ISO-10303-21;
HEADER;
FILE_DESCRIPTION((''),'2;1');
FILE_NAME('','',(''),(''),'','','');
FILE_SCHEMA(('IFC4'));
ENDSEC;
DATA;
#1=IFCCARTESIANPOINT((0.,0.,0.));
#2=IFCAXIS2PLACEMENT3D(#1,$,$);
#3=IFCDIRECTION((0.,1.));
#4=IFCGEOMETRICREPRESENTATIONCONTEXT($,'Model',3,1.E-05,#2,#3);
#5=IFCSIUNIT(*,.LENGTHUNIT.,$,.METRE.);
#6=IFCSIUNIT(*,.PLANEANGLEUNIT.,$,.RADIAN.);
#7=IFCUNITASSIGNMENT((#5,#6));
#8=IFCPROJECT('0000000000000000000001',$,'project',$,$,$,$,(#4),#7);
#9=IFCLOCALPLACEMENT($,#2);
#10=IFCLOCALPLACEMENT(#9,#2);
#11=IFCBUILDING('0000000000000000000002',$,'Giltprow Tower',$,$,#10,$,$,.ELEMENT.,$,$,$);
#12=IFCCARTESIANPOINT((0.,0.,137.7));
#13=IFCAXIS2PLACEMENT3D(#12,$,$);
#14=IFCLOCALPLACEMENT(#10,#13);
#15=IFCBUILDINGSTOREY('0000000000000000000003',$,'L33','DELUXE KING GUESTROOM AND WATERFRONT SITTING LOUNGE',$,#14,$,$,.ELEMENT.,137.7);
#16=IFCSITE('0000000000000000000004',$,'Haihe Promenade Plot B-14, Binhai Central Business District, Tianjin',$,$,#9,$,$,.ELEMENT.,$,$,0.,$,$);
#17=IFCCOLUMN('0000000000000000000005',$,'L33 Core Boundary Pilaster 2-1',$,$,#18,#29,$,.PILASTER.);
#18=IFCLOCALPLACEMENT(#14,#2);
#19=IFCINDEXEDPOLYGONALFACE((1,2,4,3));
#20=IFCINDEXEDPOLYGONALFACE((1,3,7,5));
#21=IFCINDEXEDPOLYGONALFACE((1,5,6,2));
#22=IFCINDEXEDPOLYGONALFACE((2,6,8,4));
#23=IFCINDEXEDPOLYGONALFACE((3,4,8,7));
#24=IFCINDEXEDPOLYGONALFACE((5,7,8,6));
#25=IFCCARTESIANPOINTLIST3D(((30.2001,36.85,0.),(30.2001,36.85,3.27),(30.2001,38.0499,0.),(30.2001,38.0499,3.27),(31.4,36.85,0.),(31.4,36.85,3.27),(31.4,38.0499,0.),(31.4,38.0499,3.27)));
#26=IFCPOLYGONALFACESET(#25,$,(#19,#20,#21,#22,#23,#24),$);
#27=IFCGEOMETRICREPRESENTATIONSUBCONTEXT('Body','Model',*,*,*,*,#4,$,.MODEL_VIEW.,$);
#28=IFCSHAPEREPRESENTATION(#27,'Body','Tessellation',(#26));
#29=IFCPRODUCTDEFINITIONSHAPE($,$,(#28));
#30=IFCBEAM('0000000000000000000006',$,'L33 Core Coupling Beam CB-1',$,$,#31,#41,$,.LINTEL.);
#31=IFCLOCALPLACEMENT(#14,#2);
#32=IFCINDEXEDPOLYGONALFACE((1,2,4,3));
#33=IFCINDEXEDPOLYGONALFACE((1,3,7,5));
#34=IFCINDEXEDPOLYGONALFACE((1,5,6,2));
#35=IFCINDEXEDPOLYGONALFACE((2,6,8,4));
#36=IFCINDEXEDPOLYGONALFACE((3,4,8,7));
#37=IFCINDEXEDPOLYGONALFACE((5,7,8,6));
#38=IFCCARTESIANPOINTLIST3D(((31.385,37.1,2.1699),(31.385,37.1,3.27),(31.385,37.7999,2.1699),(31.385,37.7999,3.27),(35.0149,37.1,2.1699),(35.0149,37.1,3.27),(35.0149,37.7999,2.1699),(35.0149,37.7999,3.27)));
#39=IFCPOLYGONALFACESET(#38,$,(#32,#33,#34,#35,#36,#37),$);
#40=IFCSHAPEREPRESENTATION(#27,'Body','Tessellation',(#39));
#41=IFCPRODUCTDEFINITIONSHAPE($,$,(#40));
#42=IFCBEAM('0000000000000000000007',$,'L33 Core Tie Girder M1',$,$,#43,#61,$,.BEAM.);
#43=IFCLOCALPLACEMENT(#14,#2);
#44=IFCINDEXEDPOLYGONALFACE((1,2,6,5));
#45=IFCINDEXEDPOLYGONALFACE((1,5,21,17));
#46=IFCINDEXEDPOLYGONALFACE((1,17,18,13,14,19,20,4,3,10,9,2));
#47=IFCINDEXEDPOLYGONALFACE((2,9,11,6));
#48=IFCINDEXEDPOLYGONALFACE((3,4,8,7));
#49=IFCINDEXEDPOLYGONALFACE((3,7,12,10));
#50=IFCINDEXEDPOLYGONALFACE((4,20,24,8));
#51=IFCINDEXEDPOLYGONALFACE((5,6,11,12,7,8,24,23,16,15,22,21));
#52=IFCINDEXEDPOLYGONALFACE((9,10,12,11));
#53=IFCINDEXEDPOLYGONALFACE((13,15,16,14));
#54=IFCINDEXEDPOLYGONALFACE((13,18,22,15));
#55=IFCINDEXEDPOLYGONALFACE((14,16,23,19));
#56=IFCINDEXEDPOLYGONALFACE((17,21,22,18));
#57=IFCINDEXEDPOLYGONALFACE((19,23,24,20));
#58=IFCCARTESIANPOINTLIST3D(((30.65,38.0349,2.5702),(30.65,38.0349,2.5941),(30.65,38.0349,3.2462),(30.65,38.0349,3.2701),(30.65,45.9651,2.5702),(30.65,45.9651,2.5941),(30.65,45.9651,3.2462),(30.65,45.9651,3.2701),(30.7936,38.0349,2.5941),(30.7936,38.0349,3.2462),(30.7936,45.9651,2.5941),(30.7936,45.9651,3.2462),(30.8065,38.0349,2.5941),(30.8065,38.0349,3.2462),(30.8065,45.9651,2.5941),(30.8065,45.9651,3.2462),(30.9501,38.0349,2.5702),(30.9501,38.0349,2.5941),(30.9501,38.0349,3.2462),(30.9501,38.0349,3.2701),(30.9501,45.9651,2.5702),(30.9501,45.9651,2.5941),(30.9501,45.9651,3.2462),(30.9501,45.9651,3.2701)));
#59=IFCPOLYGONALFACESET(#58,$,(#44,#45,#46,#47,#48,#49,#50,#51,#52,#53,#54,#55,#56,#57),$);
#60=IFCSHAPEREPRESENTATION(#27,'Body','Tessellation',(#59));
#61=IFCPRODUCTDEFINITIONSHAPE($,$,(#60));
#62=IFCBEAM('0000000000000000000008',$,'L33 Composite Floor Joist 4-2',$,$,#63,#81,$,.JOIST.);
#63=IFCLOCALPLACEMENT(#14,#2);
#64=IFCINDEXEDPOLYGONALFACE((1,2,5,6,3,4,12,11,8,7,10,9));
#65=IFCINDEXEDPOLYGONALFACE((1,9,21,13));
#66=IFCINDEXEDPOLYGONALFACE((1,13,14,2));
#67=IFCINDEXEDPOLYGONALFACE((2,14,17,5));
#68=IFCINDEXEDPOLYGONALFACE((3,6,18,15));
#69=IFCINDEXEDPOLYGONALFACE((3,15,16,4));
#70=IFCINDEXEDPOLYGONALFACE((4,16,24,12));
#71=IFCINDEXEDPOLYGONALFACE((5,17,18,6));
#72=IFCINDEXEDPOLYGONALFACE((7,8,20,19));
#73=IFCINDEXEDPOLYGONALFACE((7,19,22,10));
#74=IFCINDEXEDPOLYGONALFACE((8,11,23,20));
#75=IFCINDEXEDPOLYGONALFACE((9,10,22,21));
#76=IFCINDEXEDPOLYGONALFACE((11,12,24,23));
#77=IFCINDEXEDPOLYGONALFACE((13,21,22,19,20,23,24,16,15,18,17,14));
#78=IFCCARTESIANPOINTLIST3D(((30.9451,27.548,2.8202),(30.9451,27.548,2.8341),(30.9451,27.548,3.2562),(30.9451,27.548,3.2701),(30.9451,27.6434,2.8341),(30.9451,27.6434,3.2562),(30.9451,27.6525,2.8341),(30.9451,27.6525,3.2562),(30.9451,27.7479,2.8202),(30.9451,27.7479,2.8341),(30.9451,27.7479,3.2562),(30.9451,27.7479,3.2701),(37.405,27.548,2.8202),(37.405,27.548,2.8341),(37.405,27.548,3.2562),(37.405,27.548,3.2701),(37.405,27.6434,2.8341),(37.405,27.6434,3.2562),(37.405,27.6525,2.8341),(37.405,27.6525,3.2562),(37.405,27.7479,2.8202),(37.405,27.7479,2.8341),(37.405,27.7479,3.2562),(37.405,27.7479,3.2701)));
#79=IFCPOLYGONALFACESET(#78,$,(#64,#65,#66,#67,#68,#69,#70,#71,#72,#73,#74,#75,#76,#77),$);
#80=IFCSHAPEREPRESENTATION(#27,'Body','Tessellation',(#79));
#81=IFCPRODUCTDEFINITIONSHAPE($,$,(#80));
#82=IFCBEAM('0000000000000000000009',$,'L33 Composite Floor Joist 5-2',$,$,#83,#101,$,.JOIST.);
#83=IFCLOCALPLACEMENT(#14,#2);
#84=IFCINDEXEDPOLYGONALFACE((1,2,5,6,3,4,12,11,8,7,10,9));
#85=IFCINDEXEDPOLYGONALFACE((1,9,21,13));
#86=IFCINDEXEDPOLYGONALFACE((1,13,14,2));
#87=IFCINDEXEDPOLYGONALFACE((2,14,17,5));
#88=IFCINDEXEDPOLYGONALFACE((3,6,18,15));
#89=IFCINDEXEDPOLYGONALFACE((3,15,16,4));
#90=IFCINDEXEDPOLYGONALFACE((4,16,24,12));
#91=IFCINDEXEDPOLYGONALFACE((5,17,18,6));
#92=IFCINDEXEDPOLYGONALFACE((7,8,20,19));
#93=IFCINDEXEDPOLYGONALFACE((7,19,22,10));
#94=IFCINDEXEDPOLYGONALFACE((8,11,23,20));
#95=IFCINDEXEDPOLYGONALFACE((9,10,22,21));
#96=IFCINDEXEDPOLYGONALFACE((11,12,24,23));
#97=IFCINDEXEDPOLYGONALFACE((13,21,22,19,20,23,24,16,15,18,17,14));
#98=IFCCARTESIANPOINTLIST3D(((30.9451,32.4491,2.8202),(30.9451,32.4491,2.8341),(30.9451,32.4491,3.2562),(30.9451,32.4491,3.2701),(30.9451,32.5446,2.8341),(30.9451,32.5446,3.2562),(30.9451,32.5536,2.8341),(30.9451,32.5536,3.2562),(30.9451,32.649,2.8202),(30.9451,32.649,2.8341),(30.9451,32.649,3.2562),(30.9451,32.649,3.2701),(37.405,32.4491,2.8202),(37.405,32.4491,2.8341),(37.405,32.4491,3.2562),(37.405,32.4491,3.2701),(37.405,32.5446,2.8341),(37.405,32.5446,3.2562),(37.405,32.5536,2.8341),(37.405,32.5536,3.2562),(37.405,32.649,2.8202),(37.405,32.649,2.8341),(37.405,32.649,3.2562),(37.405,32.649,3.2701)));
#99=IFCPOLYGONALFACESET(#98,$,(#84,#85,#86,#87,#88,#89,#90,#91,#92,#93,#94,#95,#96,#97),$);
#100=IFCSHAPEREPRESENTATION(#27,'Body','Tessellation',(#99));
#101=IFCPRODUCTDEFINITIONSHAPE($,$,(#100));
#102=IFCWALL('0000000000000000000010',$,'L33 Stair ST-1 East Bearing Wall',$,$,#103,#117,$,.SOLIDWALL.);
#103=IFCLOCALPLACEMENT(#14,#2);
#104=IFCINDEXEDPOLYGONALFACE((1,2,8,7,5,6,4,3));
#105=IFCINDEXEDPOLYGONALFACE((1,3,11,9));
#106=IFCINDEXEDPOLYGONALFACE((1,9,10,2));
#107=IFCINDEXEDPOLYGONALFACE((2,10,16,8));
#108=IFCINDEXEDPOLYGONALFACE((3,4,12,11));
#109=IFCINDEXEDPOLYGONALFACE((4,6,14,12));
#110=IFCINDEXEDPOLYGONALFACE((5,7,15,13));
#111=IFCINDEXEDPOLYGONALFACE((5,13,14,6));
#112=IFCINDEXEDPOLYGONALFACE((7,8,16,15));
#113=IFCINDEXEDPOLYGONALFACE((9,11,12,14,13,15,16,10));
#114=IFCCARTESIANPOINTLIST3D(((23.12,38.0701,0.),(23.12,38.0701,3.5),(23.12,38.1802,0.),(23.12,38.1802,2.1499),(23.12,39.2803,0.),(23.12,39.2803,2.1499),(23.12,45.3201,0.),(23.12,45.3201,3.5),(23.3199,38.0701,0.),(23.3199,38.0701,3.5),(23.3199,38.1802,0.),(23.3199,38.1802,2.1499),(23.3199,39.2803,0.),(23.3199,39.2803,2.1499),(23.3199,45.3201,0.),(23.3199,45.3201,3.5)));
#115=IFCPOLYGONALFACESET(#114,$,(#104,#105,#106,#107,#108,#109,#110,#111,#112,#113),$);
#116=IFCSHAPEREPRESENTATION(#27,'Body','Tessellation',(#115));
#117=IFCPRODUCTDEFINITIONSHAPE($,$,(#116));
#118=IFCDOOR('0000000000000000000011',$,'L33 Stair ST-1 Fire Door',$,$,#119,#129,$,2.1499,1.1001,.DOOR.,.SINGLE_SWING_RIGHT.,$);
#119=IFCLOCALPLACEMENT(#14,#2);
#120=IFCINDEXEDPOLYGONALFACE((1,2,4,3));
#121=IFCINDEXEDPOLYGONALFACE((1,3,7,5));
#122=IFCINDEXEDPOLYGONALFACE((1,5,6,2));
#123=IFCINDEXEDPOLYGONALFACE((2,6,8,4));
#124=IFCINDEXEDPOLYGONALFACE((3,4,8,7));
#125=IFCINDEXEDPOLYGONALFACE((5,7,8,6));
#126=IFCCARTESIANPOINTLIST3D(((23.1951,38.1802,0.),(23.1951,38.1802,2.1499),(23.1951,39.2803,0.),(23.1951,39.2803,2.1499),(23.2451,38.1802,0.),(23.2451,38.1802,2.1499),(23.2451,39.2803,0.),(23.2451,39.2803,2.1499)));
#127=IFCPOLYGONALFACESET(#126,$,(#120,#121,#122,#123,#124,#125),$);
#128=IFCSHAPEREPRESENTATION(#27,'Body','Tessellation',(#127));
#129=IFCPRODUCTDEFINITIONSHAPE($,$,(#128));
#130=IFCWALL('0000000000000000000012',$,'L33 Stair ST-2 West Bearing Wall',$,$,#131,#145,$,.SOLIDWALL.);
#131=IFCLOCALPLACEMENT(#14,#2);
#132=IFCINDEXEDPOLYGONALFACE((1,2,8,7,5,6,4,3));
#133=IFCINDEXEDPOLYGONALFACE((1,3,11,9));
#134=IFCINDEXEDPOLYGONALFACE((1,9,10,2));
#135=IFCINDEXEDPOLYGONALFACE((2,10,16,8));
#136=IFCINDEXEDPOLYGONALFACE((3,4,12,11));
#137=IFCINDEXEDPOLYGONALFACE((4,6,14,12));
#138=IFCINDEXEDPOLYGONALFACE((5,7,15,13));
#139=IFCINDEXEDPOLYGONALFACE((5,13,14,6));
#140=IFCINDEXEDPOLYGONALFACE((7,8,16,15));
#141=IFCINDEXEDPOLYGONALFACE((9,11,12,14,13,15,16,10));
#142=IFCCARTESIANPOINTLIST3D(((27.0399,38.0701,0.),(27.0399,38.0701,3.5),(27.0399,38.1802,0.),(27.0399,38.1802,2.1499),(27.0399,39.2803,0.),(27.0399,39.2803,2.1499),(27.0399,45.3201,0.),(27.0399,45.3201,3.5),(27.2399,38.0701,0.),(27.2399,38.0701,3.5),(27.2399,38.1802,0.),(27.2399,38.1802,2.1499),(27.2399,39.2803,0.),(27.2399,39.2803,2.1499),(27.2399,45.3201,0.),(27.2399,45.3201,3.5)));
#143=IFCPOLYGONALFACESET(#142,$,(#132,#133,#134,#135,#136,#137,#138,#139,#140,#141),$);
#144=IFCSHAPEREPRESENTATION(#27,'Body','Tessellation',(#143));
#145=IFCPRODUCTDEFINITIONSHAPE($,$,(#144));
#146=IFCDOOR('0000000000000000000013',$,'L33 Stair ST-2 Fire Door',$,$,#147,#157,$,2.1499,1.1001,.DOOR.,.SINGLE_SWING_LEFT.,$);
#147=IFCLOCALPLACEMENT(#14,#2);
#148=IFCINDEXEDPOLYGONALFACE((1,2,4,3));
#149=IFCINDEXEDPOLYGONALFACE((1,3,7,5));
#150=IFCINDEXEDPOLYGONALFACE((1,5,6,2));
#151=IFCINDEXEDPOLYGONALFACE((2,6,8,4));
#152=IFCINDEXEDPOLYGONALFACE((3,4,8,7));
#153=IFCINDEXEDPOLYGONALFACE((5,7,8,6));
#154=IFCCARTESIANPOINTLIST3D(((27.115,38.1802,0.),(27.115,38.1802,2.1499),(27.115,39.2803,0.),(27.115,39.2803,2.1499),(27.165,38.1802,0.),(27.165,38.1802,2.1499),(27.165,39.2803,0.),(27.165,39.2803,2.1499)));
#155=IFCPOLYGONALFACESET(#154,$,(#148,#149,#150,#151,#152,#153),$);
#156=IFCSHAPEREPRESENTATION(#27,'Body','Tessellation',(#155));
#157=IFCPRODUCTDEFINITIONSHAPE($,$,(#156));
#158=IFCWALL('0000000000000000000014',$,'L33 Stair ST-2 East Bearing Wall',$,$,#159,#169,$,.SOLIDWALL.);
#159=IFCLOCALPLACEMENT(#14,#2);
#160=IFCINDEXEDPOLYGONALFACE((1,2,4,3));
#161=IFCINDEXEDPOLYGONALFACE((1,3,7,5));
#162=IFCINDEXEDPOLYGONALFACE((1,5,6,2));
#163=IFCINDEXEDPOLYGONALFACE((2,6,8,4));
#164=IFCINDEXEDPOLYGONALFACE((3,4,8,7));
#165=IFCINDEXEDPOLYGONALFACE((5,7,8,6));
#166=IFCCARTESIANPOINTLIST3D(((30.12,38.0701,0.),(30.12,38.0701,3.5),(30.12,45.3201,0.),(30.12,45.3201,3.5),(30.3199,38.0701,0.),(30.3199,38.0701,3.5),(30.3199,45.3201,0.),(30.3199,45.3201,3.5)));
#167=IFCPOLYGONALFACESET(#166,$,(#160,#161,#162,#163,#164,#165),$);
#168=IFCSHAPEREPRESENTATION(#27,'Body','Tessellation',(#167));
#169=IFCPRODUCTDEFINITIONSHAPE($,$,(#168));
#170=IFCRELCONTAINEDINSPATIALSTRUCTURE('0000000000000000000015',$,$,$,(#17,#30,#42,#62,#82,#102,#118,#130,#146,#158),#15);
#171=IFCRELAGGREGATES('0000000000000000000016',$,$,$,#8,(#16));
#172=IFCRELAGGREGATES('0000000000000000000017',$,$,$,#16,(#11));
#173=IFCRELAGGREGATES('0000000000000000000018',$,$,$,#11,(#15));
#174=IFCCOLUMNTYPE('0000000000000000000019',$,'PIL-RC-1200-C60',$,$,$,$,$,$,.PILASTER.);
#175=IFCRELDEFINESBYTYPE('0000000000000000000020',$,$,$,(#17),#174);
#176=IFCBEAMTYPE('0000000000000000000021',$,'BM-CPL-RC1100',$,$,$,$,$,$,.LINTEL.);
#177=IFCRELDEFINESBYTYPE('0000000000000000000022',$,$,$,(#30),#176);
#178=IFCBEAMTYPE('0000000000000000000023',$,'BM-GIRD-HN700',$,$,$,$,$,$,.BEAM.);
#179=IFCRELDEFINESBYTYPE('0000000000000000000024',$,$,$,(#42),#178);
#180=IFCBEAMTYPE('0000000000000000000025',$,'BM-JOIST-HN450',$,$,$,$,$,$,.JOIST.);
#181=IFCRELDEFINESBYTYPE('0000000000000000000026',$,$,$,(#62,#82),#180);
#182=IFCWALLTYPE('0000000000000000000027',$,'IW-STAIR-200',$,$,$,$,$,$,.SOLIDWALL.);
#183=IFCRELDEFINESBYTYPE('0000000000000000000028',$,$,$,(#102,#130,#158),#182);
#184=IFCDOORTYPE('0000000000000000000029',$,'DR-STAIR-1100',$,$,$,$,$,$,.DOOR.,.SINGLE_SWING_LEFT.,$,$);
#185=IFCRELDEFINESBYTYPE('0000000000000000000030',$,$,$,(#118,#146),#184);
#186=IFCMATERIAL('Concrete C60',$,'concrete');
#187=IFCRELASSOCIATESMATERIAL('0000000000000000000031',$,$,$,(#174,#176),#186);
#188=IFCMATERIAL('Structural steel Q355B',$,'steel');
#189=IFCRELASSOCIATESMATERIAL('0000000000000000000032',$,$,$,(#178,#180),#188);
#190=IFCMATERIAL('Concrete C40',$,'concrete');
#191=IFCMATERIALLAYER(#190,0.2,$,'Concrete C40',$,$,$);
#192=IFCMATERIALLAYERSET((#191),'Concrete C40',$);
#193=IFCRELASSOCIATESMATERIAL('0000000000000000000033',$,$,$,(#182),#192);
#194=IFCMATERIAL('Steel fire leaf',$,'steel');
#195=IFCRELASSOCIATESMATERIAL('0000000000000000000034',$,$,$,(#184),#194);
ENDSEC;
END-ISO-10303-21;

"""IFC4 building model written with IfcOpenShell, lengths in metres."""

from ifc_helpers import new_model, si_unit, direction, frame, frame_2d, origin, origin_2d, place, context, subcontext, project, spatial, rectangle, i_section, extrude, source, transform, mapped, material, layer, layer_set, material_profile, profile_set, type_object, element, fill, save


model = new_model("IFC4")

# Units and contexts
model_context = context("Model", 3, precision=1e-05, world=origin(), true_north=direction((0.0, 1.0)))
body_context = subcontext(model_context, "Body", "Model", "MODEL_VIEW")
ifc_project = project(units=[si_unit("LENGTHUNIT", "METRE"), si_unit("PLANEANGLEUNIT", "RADIAN")], contexts=[model_context])

# Site, building, storey
site_placement = place(None, origin())
site = spatial("IfcSite", under=ifc_project, at=site_placement, Name="Haihe Promenade Plot B-14, Binhai Central Business District, Tianjin", CompositionType="ELEMENT", RefElevation=0.0)
building_placement = place(site_placement, origin())
building = spatial("IfcBuilding", under=site, at=building_placement, Name="Giltprow Tower", CompositionType="ELEMENT")
storey_placement = place(building_placement, frame((0.0, 0.0, 137.7)))
storey = spatial("IfcBuildingStorey", under=building, at=storey_placement, Name="L33", Description="DELUXE KING GUESTROOM AND WATERFRONT SITTING LOUNGE", CompositionType="ELEMENT", Elevation=137.7)

# Column
ifc_material_1 = material(Name="Concrete C60", Category="concrete")
ifc_material_profile_1 = material_profile(ifc_material_1, rectangle(XDim=1.2, YDim=1.2, at=origin_2d()), Name="RC 1200x1200")
ifc_profile_set_1 = profile_set([ifc_material_profile_1], Name="Concrete C60")
column_type = type_object("IfcColumnType", Name="PIL-RC-1200-C60", PredefinedType="PILASTER", material=ifc_profile_set_1)
shared_shape_1 = source(origin(), body_context, "Body", "SweptSolid", [
    extrude(rectangle(XDim=1.2, YDim=1.2, at=origin_2d()), origin(), (0.0, 0.0, 1.0), 3.27),
])
column_placement = place(storey_placement, frame((30.8, 37.45, 0.0), z_axis=(0.0, 0.0, 1.0), x_axis=(1.0, 0.0, 0.0)))
element("IfcColumn", 1, at=column_placement, inside=storey, type_object=column_type, Name="L33 Core Boundary Pilaster 2-1", PredefinedType="PILASTER", context=body_context, shape_type="MappedRepresentation", body=[
    mapped(shared_shape_1, transform((0.0, 0.0, 0.0), x_axis=(1.0, 0.0, 0.0), y_axis=(0.0, 1.0, 0.0), z_axis=(0.0, 0.0, 1.0), scale=1.0)),
])

# Beams
ifc_material_profile_2 = material_profile(ifc_material_1, rectangle(XDim=0.7, YDim=1.1001, at=origin_2d()), Name="RC 1100x700")
ifc_profile_set_2 = profile_set([ifc_material_profile_2], Name="Concrete C60")
beam_type_1 = type_object("IfcBeamType", Name="BM-CPL-RC1100", PredefinedType="LINTEL", material=ifc_profile_set_2)
shared_shape_2 = source(origin(), body_context, "Body", "SweptSolid", [
    extrude(rectangle(XDim=0.7, YDim=1.1001, at=origin_2d()), origin(), (0.0, 0.0, 1.0), 3.6299),
])
beam_1_placement = place(storey_placement, frame((31.385, 37.45, 2.72), z_axis=(1.0, 0.0, 0.0), x_axis=(0.0, 1.0, 0.0)))
element("IfcBeam", 2, at=beam_1_placement, inside=storey, type_object=beam_type_1, Name="L33 Core Coupling Beam CB-1", PredefinedType="LINTEL", context=body_context, shape_type="MappedRepresentation", body=[
    mapped(shared_shape_2, transform((0.0, 0.0, 0.0), x_axis=(1.0, 0.0, 0.0), y_axis=(0.0, 1.0, 0.0), z_axis=(0.0, 0.0, 1.0), scale=1.0)),
])
ifc_material_2 = material(Name="Structural steel Q355B", Category="steel")
ifc_material_profile_3 = material_profile(ifc_material_2, i_section(OverallWidth=0.3, OverallDepth=0.7, WebThickness=0.0129, FlangeThickness=0.0239, at=origin_2d()), Name="HN 700x300x13x24")
ifc_profile_set_3 = profile_set([ifc_material_profile_3], Name="Structural steel Q355B")
beam_type_2 = type_object("IfcBeamType", Name="BM-GIRD-HN700", PredefinedType="BEAM", material=ifc_profile_set_3)
shared_shape_3 = source(origin(), body_context, "Body", "SweptSolid", [
    extrude(i_section(OverallWidth=0.3, OverallDepth=0.7, WebThickness=0.0129, FlangeThickness=0.0239, at=origin_2d()), origin(), (0.0, 0.0, 1.0), 7.9302),
])
beam_2_placement = place(storey_placement, frame((30.8, 38.0349, 2.9202), z_axis=(0.0, 1.0, 0.0), x_axis=(-1.0, 0.0, 0.0)))
element("IfcBeam", 3, at=beam_2_placement, inside=storey, type_object=beam_type_2, Name="L33 Core Tie Girder M1", PredefinedType="BEAM", context=body_context, shape_type="MappedRepresentation", body=[
    mapped(shared_shape_3, transform((0.0, 0.0, 0.0), x_axis=(1.0, 0.0, 0.0), y_axis=(0.0, 1.0, 0.0), z_axis=(0.0, 0.0, 1.0), scale=1.0)),
])
ifc_material_profile_4 = material_profile(ifc_material_2, i_section(OverallWidth=0.2, OverallDepth=0.45, WebThickness=0.009, FlangeThickness=0.0139, at=origin_2d()), Name="HN 450x200x9x14")
ifc_profile_set_4 = profile_set([ifc_material_profile_4], Name="Structural steel Q355B")
beam_type_3 = type_object("IfcBeamType", Name="BM-JOIST-HN450", PredefinedType="JOIST", material=ifc_profile_set_4)
shared_shape_4 = source(origin(), body_context, "Body", "SweptSolid", [
    extrude(i_section(OverallWidth=0.2, OverallDepth=0.45, WebThickness=0.009, FlangeThickness=0.0139, at=origin_2d()), origin(), (0.0, 0.0, 1.0), 6.46),
])
for number, where, z_axis, x_axis, name in (
    (4, (30.9451, 27.6479, 3.0452), (1.0, 0.0, 0.0), (0.0, 1.0, 0.0), "L33 Composite Floor Joist 4-2"),
    (5, (30.9451, 32.5491, 3.0452), (1.0, 0.0, 0.0), (0.0, 1.0, 0.0), "L33 Composite Floor Joist 5-2"),
):
    element("IfcBeam", number, at=place(storey_placement, frame(where, z_axis=z_axis, x_axis=x_axis)), inside=storey, type_object=beam_type_3, Name=name, PredefinedType="JOIST", context=body_context, shape_type="MappedRepresentation", body=[
        mapped(shared_shape_4, transform((0.0, 0.0, 0.0), x_axis=(1.0, 0.0, 0.0), y_axis=(0.0, 1.0, 0.0), z_axis=(0.0, 0.0, 1.0), scale=1.0)),
    ])

# Walls, openings, doors
ifc_material_3 = material(Name="Concrete C40", Category="concrete")
ifc_layer_1 = layer(ifc_material_3, 0.2, Name="Concrete C40")
ifc_layer_set_1 = layer_set([ifc_layer_1], Name="Concrete C40")
wall_type_1 = type_object("IfcWallType", Name="IW-STAIR-200", PredefinedType="SOLIDWALL", material=ifc_layer_set_1)
wall_1_placement = place(storey_placement, frame((23.22, 38.0701, 0.0), z_axis=(0.0, 0.0, 1.0), x_axis=(0.0, 1.0, 0.0)))
wall_1 = element("IfcWall", 6, at=wall_1_placement, inside=storey, type_object=wall_type_1, Name="L33 Stair ST-1 East Bearing Wall", PredefinedType="SOLIDWALL", context=body_context, shape_type="SweptSolid", body=[
    extrude(rectangle(XDim=7.25, YDim=0.2, at=frame_2d((3.625, 0.0))), origin(), (0.0, 0.0, 1.0), 3.5),
])
opening_1_placement = place(wall_1_placement, frame((0.1101, 0.0, 0.0)))
opening_1 = element("IfcOpeningElement", 7, at=opening_1_placement, cuts=wall_1, PredefinedType="OPENING", context=body_context, shape_type="SweptSolid", body=[
    extrude(rectangle(XDim=1.1001, YDim=2.1499, at=frame_2d((0.55, 1.075))), frame((0.0, 0.1099, 0.0), z_axis=(0.0, -1.0, 0.0), x_axis=(1.0, 0.0, 0.0)), (0.0, 0.0, 1.0), 0.22),
])
ifc_material_4 = material(Name="Steel fire leaf", Category="steel")
door_type_1 = type_object("IfcDoorType", Name="DR-STAIR-1100", OperationType="SINGLE_SWING_LEFT", PredefinedType="DOOR", material=ifc_material_4)
shared_shape_5 = source(origin(), body_context, "Body", "SweptSolid", [
    extrude(rectangle(XDim=1.1001, YDim=2.1499, at=frame_2d((0.55, 1.075))), frame((0.0, 0.0249, 0.0), z_axis=(0.0, -1.0, 0.0), x_axis=(1.0, 0.0, 0.0)), (0.0, 0.0, 1.0), 0.05),
])
door_1_placement = place(opening_1_placement, origin())
door_1 = element("IfcDoor", 8, at=door_1_placement, inside=storey, type_object=door_type_1, Name="L33 Stair ST-1 Fire Door", OperationType="SINGLE_SWING_RIGHT", OverallHeight=2.1499, OverallWidth=1.1001, PredefinedType="DOOR", context=body_context, shape_type="MappedRepresentation", body=[
    mapped(shared_shape_5, transform((0.0, 0.0, 0.0), x_axis=(1.0, 0.0, 0.0), y_axis=(0.0, 1.0, 0.0), z_axis=(0.0, 0.0, 1.0), scale=1.0)),
])
fill(opening_1, door_1)
wall_2_placement = place(storey_placement, frame((27.1399, 38.0701, 0.0), z_axis=(0.0, 0.0, 1.0), x_axis=(0.0, 1.0, 0.0)))
wall_2 = element("IfcWall", 9, at=wall_2_placement, inside=storey, type_object=wall_type_1, Name="L33 Stair ST-2 West Bearing Wall", PredefinedType="SOLIDWALL", context=body_context, shape_type="SweptSolid", body=[
    extrude(rectangle(XDim=7.25, YDim=0.2, at=frame_2d((3.625, 0.0))), origin(), (0.0, 0.0, 1.0), 3.5),
])
opening_2_placement = place(wall_2_placement, frame((0.1101, 0.0, 0.0)))
opening_2 = element("IfcOpeningElement", 10, at=opening_2_placement, cuts=wall_2, PredefinedType="OPENING", context=body_context, shape_type="SweptSolid", body=[
    extrude(rectangle(XDim=1.1001, YDim=2.1499, at=frame_2d((0.55, 1.075))), frame((0.0, 0.1099, 0.0), z_axis=(0.0, -1.0, 0.0), x_axis=(1.0, 0.0, 0.0)), (0.0, 0.0, 1.0), 0.22),
])
door_2_placement = place(opening_2_placement, origin())
door_2 = element("IfcDoor", 11, at=door_2_placement, inside=storey, type_object=door_type_1, Name="L33 Stair ST-2 Fire Door", OperationType="SINGLE_SWING_LEFT", OverallHeight=2.1499, OverallWidth=1.1001, PredefinedType="DOOR", context=body_context, shape_type="MappedRepresentation", body=[
    mapped(shared_shape_5, transform((0.0, 0.0, 0.0), x_axis=(1.0, 0.0, 0.0), y_axis=(0.0, 1.0, 0.0), z_axis=(0.0, 0.0, 1.0), scale=1.0)),
])
fill(opening_2, door_2)

# Wall
wall_3_placement = place(storey_placement, frame((30.22, 38.0701, 0.0), z_axis=(0.0, 0.0, 1.0), x_axis=(0.0, 1.0, 0.0)))
element("IfcWall", 12, at=wall_3_placement, inside=storey, type_object=wall_type_1, Name="L33 Stair ST-2 East Bearing Wall", PredefinedType="SOLIDWALL", context=body_context, shape_type="SweptSolid", body=[
    extrude(rectangle(XDim=7.25, YDim=0.2, at=frame_2d((3.625, 0.0))), origin(), (0.0, 0.0, 1.0), 3.5),
])

save(model, "model.ifc")
